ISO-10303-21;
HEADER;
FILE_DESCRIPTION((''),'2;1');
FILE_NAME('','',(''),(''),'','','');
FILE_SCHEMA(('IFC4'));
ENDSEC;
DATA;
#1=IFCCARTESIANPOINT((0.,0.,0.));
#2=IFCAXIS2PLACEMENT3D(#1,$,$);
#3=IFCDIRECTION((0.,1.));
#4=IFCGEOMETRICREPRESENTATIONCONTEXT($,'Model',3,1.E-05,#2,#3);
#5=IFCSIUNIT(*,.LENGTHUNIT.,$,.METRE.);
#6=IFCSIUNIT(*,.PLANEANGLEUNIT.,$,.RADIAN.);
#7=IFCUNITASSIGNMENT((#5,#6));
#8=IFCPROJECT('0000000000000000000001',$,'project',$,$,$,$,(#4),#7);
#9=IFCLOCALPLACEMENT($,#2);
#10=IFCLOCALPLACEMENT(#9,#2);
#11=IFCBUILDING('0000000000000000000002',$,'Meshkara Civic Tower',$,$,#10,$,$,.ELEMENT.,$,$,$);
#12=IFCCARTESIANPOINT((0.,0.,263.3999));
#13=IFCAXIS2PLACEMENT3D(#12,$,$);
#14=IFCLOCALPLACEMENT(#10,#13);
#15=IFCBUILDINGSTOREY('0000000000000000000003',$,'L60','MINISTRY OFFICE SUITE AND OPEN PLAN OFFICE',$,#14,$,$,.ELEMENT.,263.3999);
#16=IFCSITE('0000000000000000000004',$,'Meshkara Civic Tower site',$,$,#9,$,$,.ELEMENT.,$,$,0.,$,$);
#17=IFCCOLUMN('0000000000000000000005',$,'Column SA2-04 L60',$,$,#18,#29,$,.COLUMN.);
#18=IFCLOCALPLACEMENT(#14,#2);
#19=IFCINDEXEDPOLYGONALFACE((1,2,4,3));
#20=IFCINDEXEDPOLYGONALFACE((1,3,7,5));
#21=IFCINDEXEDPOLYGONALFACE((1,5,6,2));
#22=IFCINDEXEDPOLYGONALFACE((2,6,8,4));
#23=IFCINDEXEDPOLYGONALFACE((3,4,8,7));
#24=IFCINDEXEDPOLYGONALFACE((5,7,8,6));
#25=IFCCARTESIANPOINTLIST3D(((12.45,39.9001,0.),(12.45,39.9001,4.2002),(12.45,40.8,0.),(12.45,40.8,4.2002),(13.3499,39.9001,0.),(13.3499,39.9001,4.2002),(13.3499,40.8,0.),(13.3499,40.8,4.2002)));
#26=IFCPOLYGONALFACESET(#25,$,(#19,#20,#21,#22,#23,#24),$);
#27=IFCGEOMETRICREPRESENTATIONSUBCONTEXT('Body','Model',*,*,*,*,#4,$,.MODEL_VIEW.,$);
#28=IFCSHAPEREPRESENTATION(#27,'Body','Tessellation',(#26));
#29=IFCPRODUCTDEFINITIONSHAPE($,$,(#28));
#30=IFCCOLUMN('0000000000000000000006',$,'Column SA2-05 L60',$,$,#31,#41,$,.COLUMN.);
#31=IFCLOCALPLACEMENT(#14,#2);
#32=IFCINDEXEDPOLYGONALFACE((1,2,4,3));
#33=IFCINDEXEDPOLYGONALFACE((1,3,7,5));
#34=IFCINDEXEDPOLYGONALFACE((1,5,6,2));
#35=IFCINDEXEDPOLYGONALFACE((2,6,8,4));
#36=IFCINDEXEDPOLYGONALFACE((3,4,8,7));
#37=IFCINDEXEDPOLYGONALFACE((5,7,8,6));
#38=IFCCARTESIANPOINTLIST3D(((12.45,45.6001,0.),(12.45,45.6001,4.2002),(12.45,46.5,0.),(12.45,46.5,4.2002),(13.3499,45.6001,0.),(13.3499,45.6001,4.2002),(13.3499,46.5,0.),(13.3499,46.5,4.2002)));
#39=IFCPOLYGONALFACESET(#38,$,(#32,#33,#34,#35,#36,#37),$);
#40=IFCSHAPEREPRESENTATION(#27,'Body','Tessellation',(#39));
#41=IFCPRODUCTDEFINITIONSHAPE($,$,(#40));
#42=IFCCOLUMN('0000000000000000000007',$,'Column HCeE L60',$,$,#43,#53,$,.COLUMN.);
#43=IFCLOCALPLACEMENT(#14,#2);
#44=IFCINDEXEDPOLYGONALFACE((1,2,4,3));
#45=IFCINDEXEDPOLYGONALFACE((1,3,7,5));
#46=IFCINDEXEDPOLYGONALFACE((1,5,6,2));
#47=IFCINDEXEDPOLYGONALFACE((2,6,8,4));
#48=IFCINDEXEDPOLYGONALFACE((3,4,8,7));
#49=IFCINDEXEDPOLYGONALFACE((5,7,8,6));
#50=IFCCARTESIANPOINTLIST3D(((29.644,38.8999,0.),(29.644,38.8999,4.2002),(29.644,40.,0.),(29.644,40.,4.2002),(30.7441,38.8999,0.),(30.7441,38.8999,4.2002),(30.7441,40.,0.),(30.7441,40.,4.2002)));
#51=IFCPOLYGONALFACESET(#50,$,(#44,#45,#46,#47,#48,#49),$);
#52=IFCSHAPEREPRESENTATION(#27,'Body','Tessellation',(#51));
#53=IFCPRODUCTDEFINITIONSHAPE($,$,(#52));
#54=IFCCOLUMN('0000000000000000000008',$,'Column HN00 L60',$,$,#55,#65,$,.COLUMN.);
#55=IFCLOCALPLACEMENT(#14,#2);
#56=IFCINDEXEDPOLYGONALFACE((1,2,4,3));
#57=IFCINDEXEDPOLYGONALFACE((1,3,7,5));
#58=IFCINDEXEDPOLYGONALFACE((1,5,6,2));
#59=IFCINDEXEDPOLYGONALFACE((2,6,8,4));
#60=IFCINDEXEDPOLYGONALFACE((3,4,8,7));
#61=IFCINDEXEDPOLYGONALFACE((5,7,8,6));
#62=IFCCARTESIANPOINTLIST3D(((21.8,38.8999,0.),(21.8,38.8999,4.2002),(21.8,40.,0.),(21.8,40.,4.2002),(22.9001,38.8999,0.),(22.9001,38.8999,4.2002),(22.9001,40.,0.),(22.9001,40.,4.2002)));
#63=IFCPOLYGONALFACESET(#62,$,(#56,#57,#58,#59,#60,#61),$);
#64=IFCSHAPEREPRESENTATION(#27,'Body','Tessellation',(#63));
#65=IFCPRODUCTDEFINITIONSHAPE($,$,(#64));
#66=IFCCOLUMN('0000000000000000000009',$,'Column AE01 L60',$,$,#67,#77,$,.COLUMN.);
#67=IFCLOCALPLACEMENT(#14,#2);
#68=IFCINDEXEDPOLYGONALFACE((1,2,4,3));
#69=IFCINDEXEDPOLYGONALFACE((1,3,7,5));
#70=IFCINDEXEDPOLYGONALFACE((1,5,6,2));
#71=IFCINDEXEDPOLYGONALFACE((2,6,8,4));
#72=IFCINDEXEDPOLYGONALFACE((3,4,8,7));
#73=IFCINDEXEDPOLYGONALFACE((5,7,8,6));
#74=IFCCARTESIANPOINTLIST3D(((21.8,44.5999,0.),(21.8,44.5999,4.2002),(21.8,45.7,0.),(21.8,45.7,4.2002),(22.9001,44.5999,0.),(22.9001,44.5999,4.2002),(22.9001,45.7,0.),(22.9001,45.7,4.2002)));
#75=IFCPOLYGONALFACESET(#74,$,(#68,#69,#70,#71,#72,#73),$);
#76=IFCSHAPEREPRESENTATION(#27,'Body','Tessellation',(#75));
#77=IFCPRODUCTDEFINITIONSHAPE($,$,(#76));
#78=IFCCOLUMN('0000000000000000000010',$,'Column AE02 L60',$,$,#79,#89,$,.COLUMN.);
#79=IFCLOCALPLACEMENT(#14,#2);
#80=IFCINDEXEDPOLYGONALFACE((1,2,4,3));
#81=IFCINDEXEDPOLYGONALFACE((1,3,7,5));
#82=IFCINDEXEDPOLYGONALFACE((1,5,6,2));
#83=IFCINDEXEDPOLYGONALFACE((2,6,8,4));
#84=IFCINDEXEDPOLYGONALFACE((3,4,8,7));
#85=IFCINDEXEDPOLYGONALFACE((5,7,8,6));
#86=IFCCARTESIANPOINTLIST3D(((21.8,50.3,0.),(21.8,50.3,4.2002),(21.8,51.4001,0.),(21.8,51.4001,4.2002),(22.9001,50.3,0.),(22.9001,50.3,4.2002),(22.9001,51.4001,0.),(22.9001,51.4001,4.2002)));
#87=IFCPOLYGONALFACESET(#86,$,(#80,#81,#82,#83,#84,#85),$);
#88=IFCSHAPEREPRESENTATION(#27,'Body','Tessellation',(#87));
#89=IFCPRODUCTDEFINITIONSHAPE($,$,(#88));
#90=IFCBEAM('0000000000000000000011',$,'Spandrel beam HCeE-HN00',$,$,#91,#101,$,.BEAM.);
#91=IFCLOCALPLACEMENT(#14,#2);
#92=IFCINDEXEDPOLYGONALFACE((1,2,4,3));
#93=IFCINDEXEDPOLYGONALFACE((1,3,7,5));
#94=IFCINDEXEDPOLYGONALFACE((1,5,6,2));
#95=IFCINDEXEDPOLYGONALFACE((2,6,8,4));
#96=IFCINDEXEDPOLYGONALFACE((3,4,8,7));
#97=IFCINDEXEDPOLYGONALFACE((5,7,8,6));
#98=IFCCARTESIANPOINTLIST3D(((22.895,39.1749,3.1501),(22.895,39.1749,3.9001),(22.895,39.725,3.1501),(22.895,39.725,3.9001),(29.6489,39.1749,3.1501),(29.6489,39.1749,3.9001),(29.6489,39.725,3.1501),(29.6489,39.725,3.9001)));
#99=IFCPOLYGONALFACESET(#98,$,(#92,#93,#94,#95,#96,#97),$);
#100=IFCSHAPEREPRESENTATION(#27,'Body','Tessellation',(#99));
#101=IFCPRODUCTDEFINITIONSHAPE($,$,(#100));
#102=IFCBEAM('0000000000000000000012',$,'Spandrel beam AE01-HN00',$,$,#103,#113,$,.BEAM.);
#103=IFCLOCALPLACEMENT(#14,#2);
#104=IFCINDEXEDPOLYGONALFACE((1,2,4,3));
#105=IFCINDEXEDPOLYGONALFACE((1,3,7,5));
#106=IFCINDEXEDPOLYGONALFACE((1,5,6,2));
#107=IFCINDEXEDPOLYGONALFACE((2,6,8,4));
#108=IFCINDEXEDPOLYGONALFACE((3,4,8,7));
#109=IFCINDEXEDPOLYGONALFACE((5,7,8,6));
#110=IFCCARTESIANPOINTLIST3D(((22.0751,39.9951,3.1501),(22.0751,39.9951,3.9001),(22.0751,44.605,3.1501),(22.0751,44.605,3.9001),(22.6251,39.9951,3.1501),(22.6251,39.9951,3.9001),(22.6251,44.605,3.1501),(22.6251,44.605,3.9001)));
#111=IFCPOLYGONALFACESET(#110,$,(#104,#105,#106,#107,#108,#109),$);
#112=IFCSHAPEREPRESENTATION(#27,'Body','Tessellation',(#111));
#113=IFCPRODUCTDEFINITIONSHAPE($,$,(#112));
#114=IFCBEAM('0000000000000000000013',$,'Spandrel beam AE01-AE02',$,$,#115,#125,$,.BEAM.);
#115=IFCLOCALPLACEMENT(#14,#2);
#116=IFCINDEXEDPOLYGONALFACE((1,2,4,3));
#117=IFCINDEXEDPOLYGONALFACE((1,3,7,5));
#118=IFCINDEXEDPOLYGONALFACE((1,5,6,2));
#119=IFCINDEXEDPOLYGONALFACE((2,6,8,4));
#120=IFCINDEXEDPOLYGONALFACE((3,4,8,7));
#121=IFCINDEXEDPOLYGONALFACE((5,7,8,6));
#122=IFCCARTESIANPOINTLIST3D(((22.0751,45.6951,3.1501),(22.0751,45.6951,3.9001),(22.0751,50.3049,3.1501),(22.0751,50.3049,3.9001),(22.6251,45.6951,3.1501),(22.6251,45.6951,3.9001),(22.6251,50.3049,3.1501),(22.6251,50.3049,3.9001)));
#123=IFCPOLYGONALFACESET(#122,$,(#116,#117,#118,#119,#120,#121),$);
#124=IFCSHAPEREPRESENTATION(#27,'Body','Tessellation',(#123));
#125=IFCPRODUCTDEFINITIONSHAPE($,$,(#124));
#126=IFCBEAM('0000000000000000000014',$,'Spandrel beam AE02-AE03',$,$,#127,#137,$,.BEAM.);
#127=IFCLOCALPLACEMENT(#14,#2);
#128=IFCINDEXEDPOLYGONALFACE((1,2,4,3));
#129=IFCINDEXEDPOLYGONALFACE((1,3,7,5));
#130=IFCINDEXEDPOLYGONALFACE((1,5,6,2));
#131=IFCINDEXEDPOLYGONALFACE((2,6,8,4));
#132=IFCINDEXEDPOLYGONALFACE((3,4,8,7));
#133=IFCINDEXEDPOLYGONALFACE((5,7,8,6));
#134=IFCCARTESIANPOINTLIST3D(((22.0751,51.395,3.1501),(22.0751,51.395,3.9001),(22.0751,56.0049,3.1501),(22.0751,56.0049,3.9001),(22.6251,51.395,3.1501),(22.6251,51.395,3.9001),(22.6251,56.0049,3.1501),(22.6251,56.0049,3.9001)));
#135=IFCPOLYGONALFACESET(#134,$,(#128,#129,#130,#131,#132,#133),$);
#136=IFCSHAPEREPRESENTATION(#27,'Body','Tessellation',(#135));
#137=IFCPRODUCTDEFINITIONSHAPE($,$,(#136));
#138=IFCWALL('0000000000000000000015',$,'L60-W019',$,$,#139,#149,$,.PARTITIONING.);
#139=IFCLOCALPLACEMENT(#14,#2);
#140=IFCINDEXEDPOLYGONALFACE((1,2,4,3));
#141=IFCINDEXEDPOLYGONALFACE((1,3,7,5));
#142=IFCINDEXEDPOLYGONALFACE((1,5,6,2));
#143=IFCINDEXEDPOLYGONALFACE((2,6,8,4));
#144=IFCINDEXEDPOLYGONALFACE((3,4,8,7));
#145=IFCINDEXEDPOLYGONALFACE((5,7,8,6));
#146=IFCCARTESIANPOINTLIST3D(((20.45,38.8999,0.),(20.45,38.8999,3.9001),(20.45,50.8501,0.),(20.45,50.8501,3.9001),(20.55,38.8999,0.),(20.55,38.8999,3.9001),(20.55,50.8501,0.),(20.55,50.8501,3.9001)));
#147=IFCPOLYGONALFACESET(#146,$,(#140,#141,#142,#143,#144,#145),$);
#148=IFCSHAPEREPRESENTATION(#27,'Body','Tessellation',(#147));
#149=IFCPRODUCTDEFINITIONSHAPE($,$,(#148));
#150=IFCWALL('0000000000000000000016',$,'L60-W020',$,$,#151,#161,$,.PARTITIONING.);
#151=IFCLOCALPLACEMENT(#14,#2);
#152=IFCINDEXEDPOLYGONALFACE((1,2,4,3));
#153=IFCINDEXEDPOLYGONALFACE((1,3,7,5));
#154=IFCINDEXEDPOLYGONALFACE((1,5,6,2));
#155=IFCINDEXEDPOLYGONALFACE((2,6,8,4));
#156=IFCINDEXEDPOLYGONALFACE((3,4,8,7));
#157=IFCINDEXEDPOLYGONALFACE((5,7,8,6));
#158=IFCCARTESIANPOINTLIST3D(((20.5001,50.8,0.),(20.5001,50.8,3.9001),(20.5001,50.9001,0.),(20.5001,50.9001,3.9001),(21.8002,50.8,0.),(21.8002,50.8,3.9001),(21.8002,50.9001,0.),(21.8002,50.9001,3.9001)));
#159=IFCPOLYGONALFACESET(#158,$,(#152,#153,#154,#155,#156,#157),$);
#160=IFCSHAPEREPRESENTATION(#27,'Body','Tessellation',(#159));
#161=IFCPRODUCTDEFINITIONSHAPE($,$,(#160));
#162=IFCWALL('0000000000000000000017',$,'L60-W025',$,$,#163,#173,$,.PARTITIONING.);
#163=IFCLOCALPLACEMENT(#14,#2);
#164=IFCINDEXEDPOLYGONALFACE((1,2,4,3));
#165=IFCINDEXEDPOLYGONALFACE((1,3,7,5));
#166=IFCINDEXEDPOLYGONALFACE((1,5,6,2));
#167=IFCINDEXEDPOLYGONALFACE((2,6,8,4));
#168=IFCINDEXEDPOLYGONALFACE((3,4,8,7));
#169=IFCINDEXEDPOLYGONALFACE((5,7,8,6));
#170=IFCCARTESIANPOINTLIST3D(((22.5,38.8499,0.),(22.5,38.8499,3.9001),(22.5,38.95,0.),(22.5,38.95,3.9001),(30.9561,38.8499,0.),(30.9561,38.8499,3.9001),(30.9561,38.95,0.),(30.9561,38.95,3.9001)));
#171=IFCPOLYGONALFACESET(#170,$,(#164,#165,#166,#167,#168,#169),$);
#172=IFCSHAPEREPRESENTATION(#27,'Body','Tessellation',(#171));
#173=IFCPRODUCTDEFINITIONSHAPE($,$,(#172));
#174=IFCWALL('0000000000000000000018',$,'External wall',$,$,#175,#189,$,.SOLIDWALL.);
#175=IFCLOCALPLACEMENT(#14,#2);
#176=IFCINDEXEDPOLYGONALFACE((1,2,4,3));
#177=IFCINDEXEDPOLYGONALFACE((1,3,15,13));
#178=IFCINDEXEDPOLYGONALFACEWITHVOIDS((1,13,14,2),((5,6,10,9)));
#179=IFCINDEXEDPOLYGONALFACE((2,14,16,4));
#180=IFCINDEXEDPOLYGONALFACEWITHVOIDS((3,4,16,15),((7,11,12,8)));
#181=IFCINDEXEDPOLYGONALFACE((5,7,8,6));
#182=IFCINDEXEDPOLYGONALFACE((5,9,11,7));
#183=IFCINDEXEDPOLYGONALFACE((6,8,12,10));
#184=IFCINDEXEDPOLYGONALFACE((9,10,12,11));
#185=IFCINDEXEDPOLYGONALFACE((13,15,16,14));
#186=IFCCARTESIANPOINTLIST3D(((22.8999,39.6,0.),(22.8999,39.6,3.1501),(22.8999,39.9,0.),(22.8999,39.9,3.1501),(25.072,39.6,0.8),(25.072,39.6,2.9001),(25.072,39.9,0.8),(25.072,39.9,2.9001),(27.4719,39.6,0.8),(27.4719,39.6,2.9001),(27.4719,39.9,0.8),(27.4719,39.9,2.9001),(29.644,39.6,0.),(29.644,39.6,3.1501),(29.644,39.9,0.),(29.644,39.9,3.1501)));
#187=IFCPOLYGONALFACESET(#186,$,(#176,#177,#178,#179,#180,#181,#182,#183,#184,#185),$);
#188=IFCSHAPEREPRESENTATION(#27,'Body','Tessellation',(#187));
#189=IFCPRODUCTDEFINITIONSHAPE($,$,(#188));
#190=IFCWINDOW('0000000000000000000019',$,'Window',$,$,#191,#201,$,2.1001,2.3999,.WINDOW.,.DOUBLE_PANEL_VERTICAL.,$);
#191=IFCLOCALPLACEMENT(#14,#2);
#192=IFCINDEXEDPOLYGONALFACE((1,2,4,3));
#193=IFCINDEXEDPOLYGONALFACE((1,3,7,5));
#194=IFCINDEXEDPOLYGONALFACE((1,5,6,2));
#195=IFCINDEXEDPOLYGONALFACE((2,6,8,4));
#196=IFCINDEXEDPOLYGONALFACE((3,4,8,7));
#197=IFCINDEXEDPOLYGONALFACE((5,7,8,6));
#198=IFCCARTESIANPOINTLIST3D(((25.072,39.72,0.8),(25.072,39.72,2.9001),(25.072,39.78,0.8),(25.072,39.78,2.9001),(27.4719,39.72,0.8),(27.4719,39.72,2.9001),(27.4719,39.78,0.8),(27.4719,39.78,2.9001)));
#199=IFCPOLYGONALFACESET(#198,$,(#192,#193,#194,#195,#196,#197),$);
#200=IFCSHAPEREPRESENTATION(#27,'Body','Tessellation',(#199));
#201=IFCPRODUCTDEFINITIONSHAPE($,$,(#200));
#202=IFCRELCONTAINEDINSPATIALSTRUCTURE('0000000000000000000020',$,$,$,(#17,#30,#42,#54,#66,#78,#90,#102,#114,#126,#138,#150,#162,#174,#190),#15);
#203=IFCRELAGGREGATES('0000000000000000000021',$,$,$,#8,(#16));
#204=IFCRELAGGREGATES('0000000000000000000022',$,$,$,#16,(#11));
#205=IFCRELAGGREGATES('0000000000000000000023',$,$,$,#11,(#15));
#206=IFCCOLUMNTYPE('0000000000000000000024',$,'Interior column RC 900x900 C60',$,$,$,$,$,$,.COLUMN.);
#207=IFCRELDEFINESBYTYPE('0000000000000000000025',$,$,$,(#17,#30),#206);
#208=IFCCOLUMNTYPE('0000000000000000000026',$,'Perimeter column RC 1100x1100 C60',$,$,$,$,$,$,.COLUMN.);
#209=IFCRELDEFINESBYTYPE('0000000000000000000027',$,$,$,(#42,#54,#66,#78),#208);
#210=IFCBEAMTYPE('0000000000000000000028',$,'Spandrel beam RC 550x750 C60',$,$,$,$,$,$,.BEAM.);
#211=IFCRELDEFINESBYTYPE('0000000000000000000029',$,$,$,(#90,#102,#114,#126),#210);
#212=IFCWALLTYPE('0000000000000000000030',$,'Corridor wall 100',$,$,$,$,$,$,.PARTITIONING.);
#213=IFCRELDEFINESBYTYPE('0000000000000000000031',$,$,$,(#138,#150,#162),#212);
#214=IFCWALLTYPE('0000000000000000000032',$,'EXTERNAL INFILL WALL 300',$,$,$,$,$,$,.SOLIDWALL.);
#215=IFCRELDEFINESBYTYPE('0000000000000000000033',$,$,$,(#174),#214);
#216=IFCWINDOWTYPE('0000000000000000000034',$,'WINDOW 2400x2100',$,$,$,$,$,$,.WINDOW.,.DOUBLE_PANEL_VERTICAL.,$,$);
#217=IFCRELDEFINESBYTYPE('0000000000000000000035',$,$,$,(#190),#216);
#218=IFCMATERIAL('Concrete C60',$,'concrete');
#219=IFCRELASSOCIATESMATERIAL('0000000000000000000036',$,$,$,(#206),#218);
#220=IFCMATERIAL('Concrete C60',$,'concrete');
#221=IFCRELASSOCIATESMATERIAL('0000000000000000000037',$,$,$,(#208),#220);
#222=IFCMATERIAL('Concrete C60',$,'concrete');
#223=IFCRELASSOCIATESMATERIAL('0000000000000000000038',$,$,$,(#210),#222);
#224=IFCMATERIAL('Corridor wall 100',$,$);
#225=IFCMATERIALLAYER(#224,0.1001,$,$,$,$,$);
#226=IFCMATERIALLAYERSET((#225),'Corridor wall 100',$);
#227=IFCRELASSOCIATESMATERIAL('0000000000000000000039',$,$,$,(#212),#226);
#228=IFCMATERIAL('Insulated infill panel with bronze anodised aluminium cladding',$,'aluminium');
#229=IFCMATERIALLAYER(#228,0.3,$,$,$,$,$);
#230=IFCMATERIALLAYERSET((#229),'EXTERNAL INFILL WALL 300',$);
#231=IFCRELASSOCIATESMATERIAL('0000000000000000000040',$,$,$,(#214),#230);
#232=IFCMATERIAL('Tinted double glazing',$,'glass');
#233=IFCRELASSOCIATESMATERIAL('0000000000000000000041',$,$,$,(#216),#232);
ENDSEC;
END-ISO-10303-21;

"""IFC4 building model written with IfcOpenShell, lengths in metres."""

from ifc_helpers import new_model, si_unit, direction, frame, frame_2d, origin, origin_2d, place, context, subcontext, project, spatial, rectangle, extrude, material, layer, layer_set, material_profile, profile_set, type_object, element, fill, save


model = new_model("IFC4")

# Units and contexts
model_context = context("Model", 3, precision=1e-05, world=origin(), true_north=direction((0.0, 1.0)))
body_context = subcontext(model_context, "Body", "Model", "MODEL_VIEW")
ifc_project = project(units=[si_unit("LENGTHUNIT", "METRE"), si_unit("PLANEANGLEUNIT", "RADIAN")], contexts=[model_context])

# Site, building, storey
site_placement = place(None, origin())
site = spatial("IfcSite", under=ifc_project, at=site_placement, Name="Meshkara Civic Tower site", CompositionType="ELEMENT", RefElevation=0.0)
building_placement = place(site_placement, origin())
building = spatial("IfcBuilding", under=site, at=building_placement, Name="Meshkara Civic Tower", CompositionType="ELEMENT")
storey_placement = place(building_placement, frame((0.0, 0.0, 263.3999)))
storey = spatial("IfcBuildingStorey", under=building, at=storey_placement, Name="L60", Description="MINISTRY OFFICE SUITE AND OPEN PLAN OFFICE", CompositionType="ELEMENT", Elevation=263.3999)

# Columns
ifc_material_1 = material(Name="Concrete C60", Category="concrete")
ifc_material_profile_1 = material_profile(ifc_material_1, rectangle(XDim=0.8999, YDim=0.8999, at=origin_2d()))
ifc_profile_set_1 = profile_set([ifc_material_profile_1], Name="Concrete C60")
column_type_1 = type_object("IfcColumnType", Name="Interior column RC 900x900 C60", PredefinedType="COLUMN", material=ifc_profile_set_1)
for number, where, z_axis, x_axis, name in (
    (1, (12.8999, 40.3501, 0.0), (0.0, 0.0, 1.0), (1.0, 0.0, 0.0), "Column SA2-04 L60"),
    (2, (12.8999, 46.05, 0.0), (0.0, 0.0, 1.0), (1.0, 0.0, 0.0), "Column SA2-05 L60"),
):
    element("IfcColumn", number, at=place(storey_placement, frame(where, z_axis=z_axis, x_axis=x_axis)), inside=storey, type_object=column_type_1, Name=name, PredefinedType="COLUMN", context=body_context, shape_type="SweptSolid", body=[
        extrude(rectangle(XDim=0.8999, YDim=0.8999, at=origin_2d()), origin(), (0.0, 0.0, 1.0), 4.2002),
    ])
ifc_material_2 = material(Name="Concrete C60", Category="concrete")
ifc_material_profile_2 = material_profile(ifc_material_2, rectangle(XDim=1.1001, YDim=1.1001, at=origin_2d()))
ifc_profile_set_2 = profile_set([ifc_material_profile_2], Name="Concrete C60")
column_type_2 = type_object("IfcColumnType", Name="Perimeter column RC 1100x1100 C60", PredefinedType="COLUMN", material=ifc_profile_set_2)
for number, where, z_axis, x_axis, name in (
    (3, (30.1941, 39.45, 0.0), (0.0, 0.0, 1.0), (1.0, 0.0, 0.0), "Column HCeE L60"),
    (4, (22.3501, 39.45, 0.0), (0.0, 0.0, 1.0), (1.0, 0.0, 0.0), "Column HN00 L60"),
    (5, (22.3501, 45.1499, 0.0), (0.0, 0.0, 1.0), (1.0, 0.0, 0.0), "Column AE01 L60"),
    (6, (22.3501, 50.8501, 0.0), (0.0, 0.0, 1.0), (1.0, 0.0, 0.0), "Column AE02 L60"),
):
    element("IfcColumn", number, at=place(storey_placement, frame(where, z_axis=z_axis, x_axis=x_axis)), inside=storey, type_object=column_type_2, Name=name, PredefinedType="COLUMN", context=body_context, shape_type="SweptSolid", body=[
        extrude(rectangle(XDim=1.1001, YDim=1.1001, at=origin_2d()), origin(), (0.0, 0.0, 1.0), 4.2002),
    ])

# Beams
ifc_material_3 = material(Name="Concrete C60", Category="concrete")
ifc_material_profile_3 = material_profile(ifc_material_3, rectangle(XDim=0.55, YDim=0.75, at=origin_2d()))
ifc_profile_set_3 = profile_set([ifc_material_profile_3], Name="Concrete C60")
beam_type = type_object("IfcBeamType", Name="Spandrel beam RC 550x750 C60", PredefinedType="BEAM", material=ifc_profile_set_3)
beam_placement = place(storey_placement, frame((29.6489, 39.45, 3.5251), z_axis=(-1.0, 0.0, 0.0), x_axis=(0.0, -1.0, 0.0)))
element("IfcBeam", 7, at=beam_placement, inside=storey, type_object=beam_type, Name="Spandrel beam HCeE-HN00", PredefinedType="BEAM", context=body_context, shape_type="SweptSolid", body=[
    extrude(rectangle(XDim=0.55, YDim=0.75, at=origin_2d()), origin(), (0.0, 0.0, 1.0), 6.7539),
])
for number, where, z_axis, x_axis, name in (
    (8, (22.3501, 39.9951, 3.5251), (0.0, 1.0, 0.0), (-1.0, 0.0, 0.0), "Spandrel beam AE01-HN00"),
    (9, (22.3501, 45.6951, 3.5251), (0.0, 1.0, 0.0), (-1.0, 0.0, 0.0), "Spandrel beam AE01-AE02"),
    (10, (22.3501, 51.395, 3.5251), (0.0, 1.0, 0.0), (-1.0, 0.0, 0.0), "Spandrel beam AE02-AE03"),
):
    element("IfcBeam", number, at=place(storey_placement, frame(where, z_axis=z_axis, x_axis=x_axis)), inside=storey, type_object=beam_type, Name=name, PredefinedType="BEAM", context=body_context, shape_type="SweptSolid", body=[
        extrude(rectangle(XDim=0.55, YDim=0.75, at=origin_2d()), origin(), (0.0, 0.0, 1.0), 4.6099),
    ])

# Walls
ifc_material_4 = material(Name="Corridor wall 100")
ifc_layer_1 = layer(ifc_material_4, 0.1001)
ifc_layer_set_1 = layer_set([ifc_layer_1], Name="Corridor wall 100")
wall_type_1 = type_object("IfcWallType", Name="Corridor wall 100", PredefinedType="PARTITIONING", material=ifc_layer_set_1)
wall_1_placement = place(storey_placement, frame((20.5, 50.8501, 0.0), z_axis=(0.0, 0.0, 1.0), x_axis=(0.0, -1.0, 0.0)))
element("IfcWall", 11, at=wall_1_placement, inside=storey, type_object=wall_type_1, Name="L60-W019", PredefinedType="PARTITIONING", context=body_context, shape_type="SweptSolid", body=[
    extrude(rectangle(XDim=11.9502, YDim=0.1001, at=frame_2d((5.9751, 0.0))), origin(), (0.0, 0.0, 1.0), 3.9001),
])
wall_2_placement = place(storey_placement, frame((21.8, 50.8501, 0.0), z_axis=(0.0, 0.0, 1.0), x_axis=(-1.0, 0.0, 0.0)))
element("IfcWall", 12, at=wall_2_placement, inside=storey, type_object=wall_type_1, Name="L60-W020", PredefinedType="PARTITIONING", context=body_context, shape_type="SweptSolid", body=[
    extrude(rectangle(XDim=1.3, YDim=0.1001, at=frame_2d((0.6499, 0.0))), origin(), (0.0, 0.0, 1.0), 3.9001),
])
wall_3_placement = place(storey_placement, frame((30.9561, 38.8999, 0.0), z_axis=(0.0, 0.0, 1.0), x_axis=(-1.0, 0.0, 0.0)))
element("IfcWall", 13, at=wall_3_placement, inside=storey, type_object=wall_type_1, Name="L60-W025", PredefinedType="PARTITIONING", context=body_context, shape_type="SweptSolid", body=[
    extrude(rectangle(XDim=8.4561, YDim=0.1001, at=frame_2d((4.228, 0.0))), origin(), (0.0, 0.0, 1.0), 3.9001),
])

# Wall, opening, window
ifc_material_5 = material(Name="Insulated infill panel with bronze anodised aluminium cladding", Category="aluminium")
ifc_layer_2 = layer(ifc_material_5, 0.3)
ifc_layer_set_2 = layer_set([ifc_layer_2], Name="EXTERNAL INFILL WALL 300")
wall_type_2 = type_object("IfcWallType", Name="EXTERNAL INFILL WALL 300", PredefinedType="SOLIDWALL", material=ifc_layer_set_2)
wall_4_placement = place(storey_placement, frame((29.644, 39.75, 0.0), z_axis=(0.0, 0.0, 1.0), x_axis=(-1.0, 0.0, 0.0)))
wall_4 = element("IfcWall", 14, at=wall_4_placement, inside=storey, type_object=wall_type_2, Name="External wall", PredefinedType="SOLIDWALL", context=body_context, shape_type="SweptSolid", body=[
    extrude(rectangle(XDim=6.7441, YDim=0.3, at=frame_2d((3.3721, 0.0))), origin(), (0.0, 0.0, 1.0), 3.1501),
])
opening_1_placement = place(wall_4_placement, frame((2.1721, 0.0, 0.8)))
opening_1 = element("IfcOpeningElement", 15, at=opening_1_placement, cuts=wall_4, PredefinedType="OPENING", context=body_context, shape_type="SweptSolid", body=[
    extrude(rectangle(XDim=2.3999, YDim=2.1001, at=frame_2d((1.2, 1.05))), frame((0.0, 0.1599, 0.0), z_axis=(0.0, -1.0, 0.0), x_axis=(1.0, 0.0, 0.0)), (0.0, 0.0, 1.0), 0.3201),
])
ifc_material_6 = material(Name="Tinted double glazing", Category="glass")
window_type = type_object("IfcWindowType", Name="WINDOW 2400x2100", PartitioningType="DOUBLE_PANEL_VERTICAL", PredefinedType="WINDOW", material=ifc_material_6)
window_1_placement = place(opening_1_placement, origin())
window_1 = element("IfcWindow", 16, at=window_1_placement, inside=storey, type_object=window_type, Name="Window", OverallHeight=2.1001, OverallWidth=2.3999, PartitioningType="DOUBLE_PANEL_VERTICAL", PredefinedType="WINDOW", context=body_context, shape_type="SweptSolid", body=[
    extrude(rectangle(XDim=2.3999, YDim=2.1001, at=frame_2d((1.2, 1.05))), frame((0.0, 0.03, 0.0), z_axis=(0.0, -1.0, 0.0), x_axis=(1.0, 0.0, 0.0)), (0.0, 0.0, 1.0), 0.0601),
])
fill(opening_1, window_1)

save(model, "model.ifc")
